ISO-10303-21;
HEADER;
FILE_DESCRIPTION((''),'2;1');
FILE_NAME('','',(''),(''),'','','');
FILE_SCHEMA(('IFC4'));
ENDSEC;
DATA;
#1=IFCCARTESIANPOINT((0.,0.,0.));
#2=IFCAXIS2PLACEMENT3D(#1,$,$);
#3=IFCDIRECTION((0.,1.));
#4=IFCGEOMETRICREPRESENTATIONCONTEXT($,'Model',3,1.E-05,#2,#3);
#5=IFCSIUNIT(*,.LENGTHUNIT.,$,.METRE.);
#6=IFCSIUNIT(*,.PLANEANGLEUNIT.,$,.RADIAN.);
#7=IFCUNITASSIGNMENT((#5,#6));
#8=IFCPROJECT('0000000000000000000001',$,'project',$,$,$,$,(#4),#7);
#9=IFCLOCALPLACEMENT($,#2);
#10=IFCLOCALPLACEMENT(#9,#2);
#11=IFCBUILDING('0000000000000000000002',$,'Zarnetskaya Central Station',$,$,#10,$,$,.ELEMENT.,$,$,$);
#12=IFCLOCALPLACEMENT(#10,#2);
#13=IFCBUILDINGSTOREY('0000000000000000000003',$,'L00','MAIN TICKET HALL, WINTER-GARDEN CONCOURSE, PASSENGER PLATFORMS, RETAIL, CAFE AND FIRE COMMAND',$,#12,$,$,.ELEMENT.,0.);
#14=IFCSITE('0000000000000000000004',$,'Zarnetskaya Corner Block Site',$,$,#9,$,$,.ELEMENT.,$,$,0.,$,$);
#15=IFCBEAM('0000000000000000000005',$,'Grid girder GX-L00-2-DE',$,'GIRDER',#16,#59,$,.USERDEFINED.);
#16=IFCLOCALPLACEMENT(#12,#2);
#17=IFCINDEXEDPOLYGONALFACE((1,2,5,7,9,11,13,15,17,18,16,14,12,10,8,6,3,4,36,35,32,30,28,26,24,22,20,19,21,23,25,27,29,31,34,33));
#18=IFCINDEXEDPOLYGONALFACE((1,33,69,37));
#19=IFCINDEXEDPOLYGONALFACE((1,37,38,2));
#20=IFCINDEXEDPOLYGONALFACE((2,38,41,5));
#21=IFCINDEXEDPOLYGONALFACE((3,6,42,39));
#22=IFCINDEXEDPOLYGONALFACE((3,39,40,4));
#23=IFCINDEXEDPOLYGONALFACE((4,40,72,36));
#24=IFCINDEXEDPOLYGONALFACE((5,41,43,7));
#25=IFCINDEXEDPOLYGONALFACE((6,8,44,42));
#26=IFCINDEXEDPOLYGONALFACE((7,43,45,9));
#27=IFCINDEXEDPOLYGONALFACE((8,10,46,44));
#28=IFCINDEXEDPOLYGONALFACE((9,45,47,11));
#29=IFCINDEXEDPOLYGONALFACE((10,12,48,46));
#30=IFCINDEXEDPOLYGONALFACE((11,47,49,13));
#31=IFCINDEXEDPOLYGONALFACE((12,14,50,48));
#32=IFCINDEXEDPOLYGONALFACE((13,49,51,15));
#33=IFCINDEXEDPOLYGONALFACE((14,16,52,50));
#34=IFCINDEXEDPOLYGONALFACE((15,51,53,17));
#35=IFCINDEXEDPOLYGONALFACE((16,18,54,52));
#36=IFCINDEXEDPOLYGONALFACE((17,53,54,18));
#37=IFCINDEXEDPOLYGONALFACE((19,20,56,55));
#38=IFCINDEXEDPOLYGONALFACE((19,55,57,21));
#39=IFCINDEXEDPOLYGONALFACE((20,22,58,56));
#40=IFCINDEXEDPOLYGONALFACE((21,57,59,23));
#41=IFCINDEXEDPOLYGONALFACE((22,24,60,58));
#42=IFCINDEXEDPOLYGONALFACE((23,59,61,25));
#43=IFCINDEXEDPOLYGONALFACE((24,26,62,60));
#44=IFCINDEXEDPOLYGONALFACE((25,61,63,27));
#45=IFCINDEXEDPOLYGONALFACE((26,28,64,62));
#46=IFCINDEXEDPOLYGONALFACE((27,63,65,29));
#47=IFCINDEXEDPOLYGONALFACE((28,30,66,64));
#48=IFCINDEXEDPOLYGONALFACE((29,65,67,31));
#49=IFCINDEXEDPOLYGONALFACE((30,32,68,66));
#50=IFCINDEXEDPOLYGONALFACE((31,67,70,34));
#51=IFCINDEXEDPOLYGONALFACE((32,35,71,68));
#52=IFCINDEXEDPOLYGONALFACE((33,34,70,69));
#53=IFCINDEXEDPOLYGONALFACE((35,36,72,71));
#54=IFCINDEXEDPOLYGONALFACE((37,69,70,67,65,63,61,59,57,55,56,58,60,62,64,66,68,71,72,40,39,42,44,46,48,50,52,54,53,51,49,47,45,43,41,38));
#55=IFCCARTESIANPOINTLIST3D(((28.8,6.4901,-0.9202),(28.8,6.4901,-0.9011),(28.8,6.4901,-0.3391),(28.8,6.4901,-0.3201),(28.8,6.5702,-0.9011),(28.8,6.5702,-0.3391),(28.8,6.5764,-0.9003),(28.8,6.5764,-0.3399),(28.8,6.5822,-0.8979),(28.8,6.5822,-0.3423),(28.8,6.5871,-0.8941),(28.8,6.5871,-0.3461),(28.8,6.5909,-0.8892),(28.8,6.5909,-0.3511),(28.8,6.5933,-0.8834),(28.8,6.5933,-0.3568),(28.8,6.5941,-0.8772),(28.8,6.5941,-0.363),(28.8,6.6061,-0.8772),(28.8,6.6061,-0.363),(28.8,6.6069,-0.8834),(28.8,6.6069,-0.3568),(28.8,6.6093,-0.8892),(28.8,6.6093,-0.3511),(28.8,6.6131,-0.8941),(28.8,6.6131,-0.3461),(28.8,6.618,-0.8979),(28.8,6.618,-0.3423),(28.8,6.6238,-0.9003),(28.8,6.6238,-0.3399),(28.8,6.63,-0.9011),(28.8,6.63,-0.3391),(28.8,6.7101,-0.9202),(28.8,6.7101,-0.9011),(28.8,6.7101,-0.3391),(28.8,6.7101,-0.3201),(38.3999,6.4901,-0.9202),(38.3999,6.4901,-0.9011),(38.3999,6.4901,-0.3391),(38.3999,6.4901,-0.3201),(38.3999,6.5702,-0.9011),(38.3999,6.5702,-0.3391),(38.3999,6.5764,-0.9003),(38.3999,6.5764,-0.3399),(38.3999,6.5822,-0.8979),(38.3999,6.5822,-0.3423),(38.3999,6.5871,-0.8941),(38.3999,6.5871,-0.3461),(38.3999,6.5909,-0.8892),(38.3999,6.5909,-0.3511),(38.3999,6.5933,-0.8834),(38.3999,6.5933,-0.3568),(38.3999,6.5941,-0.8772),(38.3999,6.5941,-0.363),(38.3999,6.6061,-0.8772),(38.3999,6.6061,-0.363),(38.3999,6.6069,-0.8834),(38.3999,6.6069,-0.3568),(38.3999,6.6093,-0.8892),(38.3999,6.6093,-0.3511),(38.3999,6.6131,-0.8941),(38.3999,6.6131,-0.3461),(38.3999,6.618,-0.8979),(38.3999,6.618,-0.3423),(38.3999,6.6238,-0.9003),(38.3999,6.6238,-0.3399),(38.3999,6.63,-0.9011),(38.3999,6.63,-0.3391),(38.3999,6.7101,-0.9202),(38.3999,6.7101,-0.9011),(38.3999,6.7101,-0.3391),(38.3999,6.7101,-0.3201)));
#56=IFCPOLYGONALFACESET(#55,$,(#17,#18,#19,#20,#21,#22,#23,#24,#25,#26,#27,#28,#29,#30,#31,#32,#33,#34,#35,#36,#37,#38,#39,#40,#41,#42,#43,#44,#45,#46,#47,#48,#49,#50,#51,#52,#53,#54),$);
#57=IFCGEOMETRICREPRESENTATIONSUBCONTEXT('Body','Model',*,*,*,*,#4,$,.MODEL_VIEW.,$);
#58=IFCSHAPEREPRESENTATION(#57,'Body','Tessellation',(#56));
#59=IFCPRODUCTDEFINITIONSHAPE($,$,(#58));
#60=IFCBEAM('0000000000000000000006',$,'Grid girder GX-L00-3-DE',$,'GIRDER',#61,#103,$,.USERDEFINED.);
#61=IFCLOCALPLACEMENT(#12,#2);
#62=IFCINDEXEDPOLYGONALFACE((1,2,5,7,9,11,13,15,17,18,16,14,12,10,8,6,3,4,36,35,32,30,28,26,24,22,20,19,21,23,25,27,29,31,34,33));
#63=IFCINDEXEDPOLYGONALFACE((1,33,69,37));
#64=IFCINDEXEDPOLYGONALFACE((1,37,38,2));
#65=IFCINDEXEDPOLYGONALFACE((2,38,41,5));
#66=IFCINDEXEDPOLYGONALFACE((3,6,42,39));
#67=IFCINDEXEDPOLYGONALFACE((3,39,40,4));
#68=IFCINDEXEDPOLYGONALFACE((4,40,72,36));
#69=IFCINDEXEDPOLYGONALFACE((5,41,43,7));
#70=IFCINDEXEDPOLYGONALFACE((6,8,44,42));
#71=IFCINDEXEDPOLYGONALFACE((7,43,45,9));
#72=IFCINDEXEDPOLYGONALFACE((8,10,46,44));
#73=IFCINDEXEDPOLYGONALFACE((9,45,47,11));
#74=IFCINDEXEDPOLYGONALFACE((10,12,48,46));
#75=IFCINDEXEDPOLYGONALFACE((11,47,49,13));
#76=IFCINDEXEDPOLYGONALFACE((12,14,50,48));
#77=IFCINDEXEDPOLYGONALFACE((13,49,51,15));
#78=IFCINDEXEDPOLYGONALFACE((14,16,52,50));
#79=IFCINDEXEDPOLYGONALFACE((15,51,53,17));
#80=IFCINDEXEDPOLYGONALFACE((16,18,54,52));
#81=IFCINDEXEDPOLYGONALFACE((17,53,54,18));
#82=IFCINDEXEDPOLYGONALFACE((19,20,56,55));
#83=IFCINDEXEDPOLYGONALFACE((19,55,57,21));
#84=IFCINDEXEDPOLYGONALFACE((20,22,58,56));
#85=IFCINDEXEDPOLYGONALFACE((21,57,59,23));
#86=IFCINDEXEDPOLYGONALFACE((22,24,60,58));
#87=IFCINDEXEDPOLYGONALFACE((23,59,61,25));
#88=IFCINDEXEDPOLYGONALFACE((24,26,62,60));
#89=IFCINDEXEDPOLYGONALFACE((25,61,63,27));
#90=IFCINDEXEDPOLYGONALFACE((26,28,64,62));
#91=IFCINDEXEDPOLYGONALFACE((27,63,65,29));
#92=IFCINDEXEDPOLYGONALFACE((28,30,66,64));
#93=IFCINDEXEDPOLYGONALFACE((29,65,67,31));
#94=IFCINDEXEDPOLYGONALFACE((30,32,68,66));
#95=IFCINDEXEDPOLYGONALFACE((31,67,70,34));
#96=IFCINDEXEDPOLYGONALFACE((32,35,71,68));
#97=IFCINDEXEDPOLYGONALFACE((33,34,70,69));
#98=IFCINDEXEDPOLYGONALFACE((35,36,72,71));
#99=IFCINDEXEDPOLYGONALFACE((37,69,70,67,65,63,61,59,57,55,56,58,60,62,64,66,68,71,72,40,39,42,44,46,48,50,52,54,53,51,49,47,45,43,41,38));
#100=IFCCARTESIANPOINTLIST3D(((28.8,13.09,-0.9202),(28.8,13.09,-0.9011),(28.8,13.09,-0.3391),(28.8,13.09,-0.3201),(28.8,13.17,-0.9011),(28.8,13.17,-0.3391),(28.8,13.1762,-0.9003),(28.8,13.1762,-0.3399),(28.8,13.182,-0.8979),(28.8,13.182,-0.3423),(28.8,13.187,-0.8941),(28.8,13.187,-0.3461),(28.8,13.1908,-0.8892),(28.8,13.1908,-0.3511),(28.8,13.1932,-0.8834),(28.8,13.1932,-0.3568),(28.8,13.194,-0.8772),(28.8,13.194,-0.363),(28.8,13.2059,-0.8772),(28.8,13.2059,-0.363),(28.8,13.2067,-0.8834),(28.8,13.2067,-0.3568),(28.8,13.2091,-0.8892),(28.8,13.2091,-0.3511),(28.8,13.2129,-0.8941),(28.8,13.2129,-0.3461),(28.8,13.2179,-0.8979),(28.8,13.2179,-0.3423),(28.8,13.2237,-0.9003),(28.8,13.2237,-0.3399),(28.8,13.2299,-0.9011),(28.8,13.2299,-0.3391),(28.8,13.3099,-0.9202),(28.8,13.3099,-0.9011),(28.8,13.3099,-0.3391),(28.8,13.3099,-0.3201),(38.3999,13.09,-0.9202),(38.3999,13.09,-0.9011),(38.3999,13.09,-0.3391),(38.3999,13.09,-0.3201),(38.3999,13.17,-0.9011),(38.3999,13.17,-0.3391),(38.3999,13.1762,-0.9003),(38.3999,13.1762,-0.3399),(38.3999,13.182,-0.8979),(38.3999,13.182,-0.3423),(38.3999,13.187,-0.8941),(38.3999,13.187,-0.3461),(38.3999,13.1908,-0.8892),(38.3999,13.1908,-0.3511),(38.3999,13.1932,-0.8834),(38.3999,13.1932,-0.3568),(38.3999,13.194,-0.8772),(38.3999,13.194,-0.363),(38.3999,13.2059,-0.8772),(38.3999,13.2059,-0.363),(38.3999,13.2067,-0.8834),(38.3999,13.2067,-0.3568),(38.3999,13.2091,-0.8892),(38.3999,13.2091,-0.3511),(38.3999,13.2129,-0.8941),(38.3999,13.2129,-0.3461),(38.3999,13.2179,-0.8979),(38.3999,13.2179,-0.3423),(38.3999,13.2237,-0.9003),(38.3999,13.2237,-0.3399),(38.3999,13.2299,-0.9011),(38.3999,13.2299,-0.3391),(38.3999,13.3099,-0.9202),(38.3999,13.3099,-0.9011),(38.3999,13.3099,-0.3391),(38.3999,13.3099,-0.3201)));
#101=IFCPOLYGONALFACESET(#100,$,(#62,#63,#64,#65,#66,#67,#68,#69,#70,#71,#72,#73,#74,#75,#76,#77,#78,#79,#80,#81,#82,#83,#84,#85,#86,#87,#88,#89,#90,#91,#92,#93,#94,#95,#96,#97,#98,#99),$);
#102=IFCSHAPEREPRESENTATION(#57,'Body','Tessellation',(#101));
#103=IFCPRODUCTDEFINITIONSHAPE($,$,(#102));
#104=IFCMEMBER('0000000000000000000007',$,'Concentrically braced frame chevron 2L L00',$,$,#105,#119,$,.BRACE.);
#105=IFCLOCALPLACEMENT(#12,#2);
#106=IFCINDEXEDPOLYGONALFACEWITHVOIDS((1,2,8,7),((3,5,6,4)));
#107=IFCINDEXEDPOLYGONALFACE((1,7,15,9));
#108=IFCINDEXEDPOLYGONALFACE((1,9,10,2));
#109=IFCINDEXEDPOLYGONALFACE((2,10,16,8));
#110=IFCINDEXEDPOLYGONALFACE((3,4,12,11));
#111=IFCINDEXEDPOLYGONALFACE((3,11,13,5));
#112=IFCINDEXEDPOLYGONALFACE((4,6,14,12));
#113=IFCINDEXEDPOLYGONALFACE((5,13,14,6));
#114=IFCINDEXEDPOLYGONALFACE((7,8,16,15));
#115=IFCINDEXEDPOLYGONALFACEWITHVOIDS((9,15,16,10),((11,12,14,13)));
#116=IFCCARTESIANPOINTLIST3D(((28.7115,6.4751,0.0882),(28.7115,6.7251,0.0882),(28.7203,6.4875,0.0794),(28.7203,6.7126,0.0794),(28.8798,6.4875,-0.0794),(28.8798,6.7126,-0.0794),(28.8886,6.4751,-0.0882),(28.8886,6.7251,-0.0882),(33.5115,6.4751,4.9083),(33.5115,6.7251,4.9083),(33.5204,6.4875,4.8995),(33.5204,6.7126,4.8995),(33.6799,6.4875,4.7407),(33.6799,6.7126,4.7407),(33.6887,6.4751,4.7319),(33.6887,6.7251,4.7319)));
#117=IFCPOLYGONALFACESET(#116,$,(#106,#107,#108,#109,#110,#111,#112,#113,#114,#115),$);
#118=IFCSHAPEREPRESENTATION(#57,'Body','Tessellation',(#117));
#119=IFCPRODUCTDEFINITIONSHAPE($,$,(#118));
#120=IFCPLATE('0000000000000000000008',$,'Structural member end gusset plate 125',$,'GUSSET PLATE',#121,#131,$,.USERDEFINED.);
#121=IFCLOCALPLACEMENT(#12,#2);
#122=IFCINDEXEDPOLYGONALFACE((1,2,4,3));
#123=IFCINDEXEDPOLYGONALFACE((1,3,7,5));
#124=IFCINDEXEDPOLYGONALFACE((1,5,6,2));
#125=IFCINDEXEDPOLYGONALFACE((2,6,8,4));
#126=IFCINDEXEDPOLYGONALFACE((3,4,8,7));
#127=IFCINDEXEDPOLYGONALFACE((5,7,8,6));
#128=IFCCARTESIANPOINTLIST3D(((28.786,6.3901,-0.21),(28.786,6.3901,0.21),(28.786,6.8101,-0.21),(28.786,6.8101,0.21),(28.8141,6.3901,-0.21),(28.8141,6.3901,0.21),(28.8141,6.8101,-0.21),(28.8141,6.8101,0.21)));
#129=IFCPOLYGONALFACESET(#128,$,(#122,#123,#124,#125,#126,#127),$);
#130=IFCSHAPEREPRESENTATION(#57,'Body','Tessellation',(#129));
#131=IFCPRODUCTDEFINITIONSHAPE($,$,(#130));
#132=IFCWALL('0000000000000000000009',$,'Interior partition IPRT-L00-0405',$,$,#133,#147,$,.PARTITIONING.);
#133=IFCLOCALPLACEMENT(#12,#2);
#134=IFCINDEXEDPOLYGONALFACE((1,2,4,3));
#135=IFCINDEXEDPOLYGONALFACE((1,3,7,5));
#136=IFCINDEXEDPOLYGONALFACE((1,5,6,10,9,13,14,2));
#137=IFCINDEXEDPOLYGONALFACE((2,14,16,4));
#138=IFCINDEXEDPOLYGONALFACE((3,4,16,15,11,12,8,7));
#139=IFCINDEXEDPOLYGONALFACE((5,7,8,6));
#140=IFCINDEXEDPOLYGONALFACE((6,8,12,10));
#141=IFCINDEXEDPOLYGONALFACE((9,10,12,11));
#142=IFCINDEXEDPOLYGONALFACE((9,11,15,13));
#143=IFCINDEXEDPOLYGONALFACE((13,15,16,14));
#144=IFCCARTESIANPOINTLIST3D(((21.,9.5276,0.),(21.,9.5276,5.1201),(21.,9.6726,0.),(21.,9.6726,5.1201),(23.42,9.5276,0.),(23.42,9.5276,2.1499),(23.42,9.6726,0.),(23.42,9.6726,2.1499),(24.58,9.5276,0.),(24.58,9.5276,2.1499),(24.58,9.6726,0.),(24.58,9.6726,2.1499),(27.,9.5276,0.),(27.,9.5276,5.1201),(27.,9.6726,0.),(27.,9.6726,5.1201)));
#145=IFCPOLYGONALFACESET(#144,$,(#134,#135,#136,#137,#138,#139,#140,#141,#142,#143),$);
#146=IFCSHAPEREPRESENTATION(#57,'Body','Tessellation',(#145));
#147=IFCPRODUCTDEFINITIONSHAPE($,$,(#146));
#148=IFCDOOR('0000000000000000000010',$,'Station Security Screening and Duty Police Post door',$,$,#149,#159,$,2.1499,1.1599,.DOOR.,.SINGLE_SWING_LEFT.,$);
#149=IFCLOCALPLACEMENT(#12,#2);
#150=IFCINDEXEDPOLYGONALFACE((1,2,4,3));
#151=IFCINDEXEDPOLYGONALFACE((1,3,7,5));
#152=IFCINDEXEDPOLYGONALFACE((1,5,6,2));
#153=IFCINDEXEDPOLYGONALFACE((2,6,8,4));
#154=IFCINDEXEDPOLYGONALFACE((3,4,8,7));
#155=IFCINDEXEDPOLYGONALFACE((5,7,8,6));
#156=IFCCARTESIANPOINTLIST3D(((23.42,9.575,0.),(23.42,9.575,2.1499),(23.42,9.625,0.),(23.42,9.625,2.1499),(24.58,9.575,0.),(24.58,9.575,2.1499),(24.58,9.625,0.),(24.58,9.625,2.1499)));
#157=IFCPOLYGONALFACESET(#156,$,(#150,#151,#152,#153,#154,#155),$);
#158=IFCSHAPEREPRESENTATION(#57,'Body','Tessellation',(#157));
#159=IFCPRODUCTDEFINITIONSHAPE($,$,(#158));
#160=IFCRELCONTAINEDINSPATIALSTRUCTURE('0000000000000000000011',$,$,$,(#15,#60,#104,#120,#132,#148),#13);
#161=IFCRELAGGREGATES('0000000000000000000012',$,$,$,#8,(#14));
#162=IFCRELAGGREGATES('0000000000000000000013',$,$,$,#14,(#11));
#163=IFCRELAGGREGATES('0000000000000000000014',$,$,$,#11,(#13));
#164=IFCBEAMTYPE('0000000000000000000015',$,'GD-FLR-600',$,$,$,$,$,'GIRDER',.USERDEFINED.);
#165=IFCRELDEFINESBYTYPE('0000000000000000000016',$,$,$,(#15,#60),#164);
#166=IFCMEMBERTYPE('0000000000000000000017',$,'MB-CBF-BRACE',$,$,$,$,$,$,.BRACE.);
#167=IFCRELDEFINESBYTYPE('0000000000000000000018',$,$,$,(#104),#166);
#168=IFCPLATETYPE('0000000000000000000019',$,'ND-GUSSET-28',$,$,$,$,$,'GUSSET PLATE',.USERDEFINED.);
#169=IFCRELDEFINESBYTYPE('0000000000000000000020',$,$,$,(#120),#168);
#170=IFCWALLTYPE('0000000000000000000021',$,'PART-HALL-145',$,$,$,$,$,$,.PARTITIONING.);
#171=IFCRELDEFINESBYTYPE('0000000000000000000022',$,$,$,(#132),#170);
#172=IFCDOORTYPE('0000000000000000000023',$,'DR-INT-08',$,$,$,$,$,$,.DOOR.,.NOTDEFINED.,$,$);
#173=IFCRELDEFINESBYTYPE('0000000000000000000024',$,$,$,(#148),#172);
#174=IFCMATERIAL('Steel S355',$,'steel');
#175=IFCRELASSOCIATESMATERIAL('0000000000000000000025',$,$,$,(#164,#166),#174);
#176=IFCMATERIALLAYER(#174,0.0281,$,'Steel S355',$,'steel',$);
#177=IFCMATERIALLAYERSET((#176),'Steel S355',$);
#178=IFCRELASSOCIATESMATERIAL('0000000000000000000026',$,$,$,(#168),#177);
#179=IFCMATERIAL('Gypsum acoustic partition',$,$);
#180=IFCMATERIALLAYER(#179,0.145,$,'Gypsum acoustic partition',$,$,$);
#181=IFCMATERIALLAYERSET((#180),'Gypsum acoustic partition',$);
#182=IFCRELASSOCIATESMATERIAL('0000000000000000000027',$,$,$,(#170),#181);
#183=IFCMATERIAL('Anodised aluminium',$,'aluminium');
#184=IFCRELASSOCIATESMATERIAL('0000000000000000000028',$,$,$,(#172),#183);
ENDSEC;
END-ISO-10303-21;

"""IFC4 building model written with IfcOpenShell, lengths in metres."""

from ifc_helpers import new_model, si_unit, direction, frame, frame_2d, origin, origin_2d, place, context, subcontext, project, spatial, rectangle, hollow_rectangle, i_section, extrude, material, layer, layer_set, material_profile, profile_set, type_object, element, fill, save


model = new_model("IFC4")

# Units and contexts
model_context = context("Model", 3, precision=1e-05, world=origin(), true_north=direction((0.0, 1.0)))
body_context = subcontext(model_context, "Body", "Model", "MODEL_VIEW")
ifc_project = project(units=[si_unit("LENGTHUNIT", "METRE"), si_unit("PLANEANGLEUNIT", "RADIAN")], contexts=[model_context])

# Site, building, storey
site_placement = place(None, origin())
site = spatial("IfcSite", under=ifc_project, at=site_placement, Name="Zarnetskaya Corner Block Site", CompositionType="ELEMENT", RefElevation=0.0)
building_placement = place(site_placement, origin())
building = spatial("IfcBuilding", under=site, at=building_placement, Name="Zarnetskaya Central Station", CompositionType="ELEMENT")
storey_placement = place(building_placement, origin())
storey = spatial("IfcBuildingStorey", under=building, at=storey_placement, Name="L00", Description="MAIN TICKET HALL, WINTER-GARDEN CONCOURSE, PASSENGER PLATFORMS, RETAIL, CAFE AND FIRE COMMAND", CompositionType="ELEMENT", Elevation=0.0)

# Shared definitions
ifc_material_1 = material(Name="Steel S355", Category="steel")

# Beams
ifc_material_profile_1 = material_profile(ifc_material_1, i_section(OverallWidth=0.22, OverallDepth=0.6001, WebThickness=0.012, FlangeThickness=0.019, FilletRadius=0.0239, at=origin_2d()), Name="IPE 600")
ifc_profile_set_1 = profile_set([ifc_material_profile_1], Name="Steel S355")
beam_type_1 = type_object("IfcBeamType", Name="GD-FLR-600", ElementType="GIRDER", PredefinedType="USERDEFINED", material=ifc_profile_set_1)
for number, where, z_axis, x_axis, name in (
    (1, (28.8, 6.6001, -0.6201), (1.0, 0.0, 0.0), (0.0, 1.0, 0.0), "Grid girder GX-L00-2-DE"),
    (2, (28.8, 13.2, -0.6201), (1.0, 0.0, 0.0), (0.0, 1.0, 0.0), "Grid girder GX-L00-3-DE"),
):
    element("IfcBeam", number, at=place(storey_placement, frame(where, z_axis=z_axis, x_axis=x_axis)), inside=storey, type_object=beam_type_1, Name=name, ObjectType="GIRDER", PredefinedType="USERDEFINED", context=body_context, shape_type="SweptSolid", body=[
        extrude(i_section(OverallWidth=0.22, OverallDepth=0.6001, WebThickness=0.012, FlangeThickness=0.019, FilletRadius=0.0239, at=origin_2d()), origin(), (0.0, 0.0, 1.0), 9.5999),
    ])

# Member
ifc_material_profile_2 = material_profile(ifc_material_1, hollow_rectangle(XDim=0.25, YDim=0.25, WallThickness=0.0125, at=origin_2d()), Name="SHS 250x250x12.5")
ifc_profile_set_2 = profile_set([ifc_material_profile_2], Name="Steel S355")
member_type = type_object("IfcMemberType", Name="MB-CBF-BRACE", PredefinedType="BRACE", material=ifc_profile_set_2)
member_placement = place(storey_placement, frame((28.8, 6.6001, 0.0), z_axis=(0.705634, 0.0, 0.708577), x_axis=(0.0, 1.0, 0.0)))
element("IfcMember", 3, at=member_placement, inside=storey, type_object=member_type, Name="Concentrically braced frame chevron 2L L00", PredefinedType="BRACE", context=body_context, shape_type="SweptSolid", body=[
    extrude(hollow_rectangle(XDim=0.25, YDim=0.25, WallThickness=0.0125, at=origin_2d()), origin(), (0.0, 0.0, 1.0), 6.8025),
])

# Plate
ifc_layer_1 = layer(ifc_material_1, 0.0281, Name="Steel S355", Category="steel")
ifc_layer_set_1 = layer_set([ifc_layer_1], Name="Steel S355")
plate_type = type_object("IfcPlateType", Name="ND-GUSSET-28", ElementType="GUSSET PLATE", PredefinedType="USERDEFINED", material=ifc_layer_set_1)
plate_placement = place(storey_placement, frame((28.8, 6.6001, -0.21), z_axis=(0.0, 0.0, 1.0), x_axis=(1.0, 0.0, 0.0)))
element("IfcPlate", 4, at=plate_placement, inside=storey, type_object=plate_type, Name="Structural member end gusset plate 125", ObjectType="GUSSET PLATE", PredefinedType="USERDEFINED", context=body_context, shape_type="SweptSolid", body=[
    extrude(rectangle(XDim=0.0281, YDim=0.4199, at=origin_2d()), origin(), (0.0, 0.0, 1.0), 0.4199),
])

# Wall, opening, door
ifc_material_2 = material(Name="Gypsum acoustic partition")
ifc_layer_2 = layer(ifc_material_2, 0.145, Name="Gypsum acoustic partition")
ifc_layer_set_2 = layer_set([ifc_layer_2], Name="Gypsum acoustic partition")
wall_type_1 = type_object("IfcWallType", Name="PART-HALL-145", PredefinedType="PARTITIONING", material=ifc_layer_set_2)
wall_1_placement = place(storey_placement, frame((21.0, 9.6001, 0.0), z_axis=(0.0, 0.0, 1.0), x_axis=(1.0, 0.0, 0.0)))
wall_1 = element("IfcWall", 5, at=wall_1_placement, inside=storey, type_object=wall_type_1, Name="Interior partition IPRT-L00-0405", PredefinedType="PARTITIONING", context=body_context, shape_type="SweptSolid", body=[
    extrude(rectangle(XDim=6.0, YDim=0.145, at=frame_2d((3.0, 0.0))), origin(), (0.0, 0.0, 1.0), 5.1201),
])
opening_1_placement = place(wall_1_placement, frame((2.4199, 0.0, 0.0)))
opening_1 = element("IfcOpeningElement", 6, at=opening_1_placement, cuts=wall_1, PredefinedType="OPENING", context=body_context, shape_type="SweptSolid", body=[
    extrude(rectangle(XDim=1.1599, YDim=2.1499, at=frame_2d((0.5801, 1.075))), frame((0.0, 0.0825, 0.0), z_axis=(0.0, -1.0, 0.0), x_axis=(1.0, 0.0, 0.0)), (0.0, 0.0, 1.0), 0.165),
])
ifc_material_3 = material(Name="Anodised aluminium", Category="aluminium")
door_type_1 = type_object("IfcDoorType", Name="DR-INT-08", OperationType="NOTDEFINED", PredefinedType="DOOR", material=ifc_material_3)
door_1_placement = place(opening_1_placement, origin())
door_1 = element("IfcDoor", 7, at=door_1_placement, inside=storey, type_object=door_type_1, Name="Station Security Screening and Duty Police Post door", OperationType="SINGLE_SWING_LEFT", OverallHeight=2.1499, OverallWidth=1.1599, PredefinedType="DOOR", context=body_context, shape_type="SweptSolid", body=[
    extrude(rectangle(XDim=1.1599, YDim=2.1499, at=frame_2d((0.5801, 1.075))), frame((0.0, 0.0249, 0.0), z_axis=(0.0, -1.0, 0.0), x_axis=(1.0, 0.0, 0.0)), (0.0, 0.0, 1.0), 0.05),
])
fill(opening_1, door_1)

save(model, "model.ifc")
